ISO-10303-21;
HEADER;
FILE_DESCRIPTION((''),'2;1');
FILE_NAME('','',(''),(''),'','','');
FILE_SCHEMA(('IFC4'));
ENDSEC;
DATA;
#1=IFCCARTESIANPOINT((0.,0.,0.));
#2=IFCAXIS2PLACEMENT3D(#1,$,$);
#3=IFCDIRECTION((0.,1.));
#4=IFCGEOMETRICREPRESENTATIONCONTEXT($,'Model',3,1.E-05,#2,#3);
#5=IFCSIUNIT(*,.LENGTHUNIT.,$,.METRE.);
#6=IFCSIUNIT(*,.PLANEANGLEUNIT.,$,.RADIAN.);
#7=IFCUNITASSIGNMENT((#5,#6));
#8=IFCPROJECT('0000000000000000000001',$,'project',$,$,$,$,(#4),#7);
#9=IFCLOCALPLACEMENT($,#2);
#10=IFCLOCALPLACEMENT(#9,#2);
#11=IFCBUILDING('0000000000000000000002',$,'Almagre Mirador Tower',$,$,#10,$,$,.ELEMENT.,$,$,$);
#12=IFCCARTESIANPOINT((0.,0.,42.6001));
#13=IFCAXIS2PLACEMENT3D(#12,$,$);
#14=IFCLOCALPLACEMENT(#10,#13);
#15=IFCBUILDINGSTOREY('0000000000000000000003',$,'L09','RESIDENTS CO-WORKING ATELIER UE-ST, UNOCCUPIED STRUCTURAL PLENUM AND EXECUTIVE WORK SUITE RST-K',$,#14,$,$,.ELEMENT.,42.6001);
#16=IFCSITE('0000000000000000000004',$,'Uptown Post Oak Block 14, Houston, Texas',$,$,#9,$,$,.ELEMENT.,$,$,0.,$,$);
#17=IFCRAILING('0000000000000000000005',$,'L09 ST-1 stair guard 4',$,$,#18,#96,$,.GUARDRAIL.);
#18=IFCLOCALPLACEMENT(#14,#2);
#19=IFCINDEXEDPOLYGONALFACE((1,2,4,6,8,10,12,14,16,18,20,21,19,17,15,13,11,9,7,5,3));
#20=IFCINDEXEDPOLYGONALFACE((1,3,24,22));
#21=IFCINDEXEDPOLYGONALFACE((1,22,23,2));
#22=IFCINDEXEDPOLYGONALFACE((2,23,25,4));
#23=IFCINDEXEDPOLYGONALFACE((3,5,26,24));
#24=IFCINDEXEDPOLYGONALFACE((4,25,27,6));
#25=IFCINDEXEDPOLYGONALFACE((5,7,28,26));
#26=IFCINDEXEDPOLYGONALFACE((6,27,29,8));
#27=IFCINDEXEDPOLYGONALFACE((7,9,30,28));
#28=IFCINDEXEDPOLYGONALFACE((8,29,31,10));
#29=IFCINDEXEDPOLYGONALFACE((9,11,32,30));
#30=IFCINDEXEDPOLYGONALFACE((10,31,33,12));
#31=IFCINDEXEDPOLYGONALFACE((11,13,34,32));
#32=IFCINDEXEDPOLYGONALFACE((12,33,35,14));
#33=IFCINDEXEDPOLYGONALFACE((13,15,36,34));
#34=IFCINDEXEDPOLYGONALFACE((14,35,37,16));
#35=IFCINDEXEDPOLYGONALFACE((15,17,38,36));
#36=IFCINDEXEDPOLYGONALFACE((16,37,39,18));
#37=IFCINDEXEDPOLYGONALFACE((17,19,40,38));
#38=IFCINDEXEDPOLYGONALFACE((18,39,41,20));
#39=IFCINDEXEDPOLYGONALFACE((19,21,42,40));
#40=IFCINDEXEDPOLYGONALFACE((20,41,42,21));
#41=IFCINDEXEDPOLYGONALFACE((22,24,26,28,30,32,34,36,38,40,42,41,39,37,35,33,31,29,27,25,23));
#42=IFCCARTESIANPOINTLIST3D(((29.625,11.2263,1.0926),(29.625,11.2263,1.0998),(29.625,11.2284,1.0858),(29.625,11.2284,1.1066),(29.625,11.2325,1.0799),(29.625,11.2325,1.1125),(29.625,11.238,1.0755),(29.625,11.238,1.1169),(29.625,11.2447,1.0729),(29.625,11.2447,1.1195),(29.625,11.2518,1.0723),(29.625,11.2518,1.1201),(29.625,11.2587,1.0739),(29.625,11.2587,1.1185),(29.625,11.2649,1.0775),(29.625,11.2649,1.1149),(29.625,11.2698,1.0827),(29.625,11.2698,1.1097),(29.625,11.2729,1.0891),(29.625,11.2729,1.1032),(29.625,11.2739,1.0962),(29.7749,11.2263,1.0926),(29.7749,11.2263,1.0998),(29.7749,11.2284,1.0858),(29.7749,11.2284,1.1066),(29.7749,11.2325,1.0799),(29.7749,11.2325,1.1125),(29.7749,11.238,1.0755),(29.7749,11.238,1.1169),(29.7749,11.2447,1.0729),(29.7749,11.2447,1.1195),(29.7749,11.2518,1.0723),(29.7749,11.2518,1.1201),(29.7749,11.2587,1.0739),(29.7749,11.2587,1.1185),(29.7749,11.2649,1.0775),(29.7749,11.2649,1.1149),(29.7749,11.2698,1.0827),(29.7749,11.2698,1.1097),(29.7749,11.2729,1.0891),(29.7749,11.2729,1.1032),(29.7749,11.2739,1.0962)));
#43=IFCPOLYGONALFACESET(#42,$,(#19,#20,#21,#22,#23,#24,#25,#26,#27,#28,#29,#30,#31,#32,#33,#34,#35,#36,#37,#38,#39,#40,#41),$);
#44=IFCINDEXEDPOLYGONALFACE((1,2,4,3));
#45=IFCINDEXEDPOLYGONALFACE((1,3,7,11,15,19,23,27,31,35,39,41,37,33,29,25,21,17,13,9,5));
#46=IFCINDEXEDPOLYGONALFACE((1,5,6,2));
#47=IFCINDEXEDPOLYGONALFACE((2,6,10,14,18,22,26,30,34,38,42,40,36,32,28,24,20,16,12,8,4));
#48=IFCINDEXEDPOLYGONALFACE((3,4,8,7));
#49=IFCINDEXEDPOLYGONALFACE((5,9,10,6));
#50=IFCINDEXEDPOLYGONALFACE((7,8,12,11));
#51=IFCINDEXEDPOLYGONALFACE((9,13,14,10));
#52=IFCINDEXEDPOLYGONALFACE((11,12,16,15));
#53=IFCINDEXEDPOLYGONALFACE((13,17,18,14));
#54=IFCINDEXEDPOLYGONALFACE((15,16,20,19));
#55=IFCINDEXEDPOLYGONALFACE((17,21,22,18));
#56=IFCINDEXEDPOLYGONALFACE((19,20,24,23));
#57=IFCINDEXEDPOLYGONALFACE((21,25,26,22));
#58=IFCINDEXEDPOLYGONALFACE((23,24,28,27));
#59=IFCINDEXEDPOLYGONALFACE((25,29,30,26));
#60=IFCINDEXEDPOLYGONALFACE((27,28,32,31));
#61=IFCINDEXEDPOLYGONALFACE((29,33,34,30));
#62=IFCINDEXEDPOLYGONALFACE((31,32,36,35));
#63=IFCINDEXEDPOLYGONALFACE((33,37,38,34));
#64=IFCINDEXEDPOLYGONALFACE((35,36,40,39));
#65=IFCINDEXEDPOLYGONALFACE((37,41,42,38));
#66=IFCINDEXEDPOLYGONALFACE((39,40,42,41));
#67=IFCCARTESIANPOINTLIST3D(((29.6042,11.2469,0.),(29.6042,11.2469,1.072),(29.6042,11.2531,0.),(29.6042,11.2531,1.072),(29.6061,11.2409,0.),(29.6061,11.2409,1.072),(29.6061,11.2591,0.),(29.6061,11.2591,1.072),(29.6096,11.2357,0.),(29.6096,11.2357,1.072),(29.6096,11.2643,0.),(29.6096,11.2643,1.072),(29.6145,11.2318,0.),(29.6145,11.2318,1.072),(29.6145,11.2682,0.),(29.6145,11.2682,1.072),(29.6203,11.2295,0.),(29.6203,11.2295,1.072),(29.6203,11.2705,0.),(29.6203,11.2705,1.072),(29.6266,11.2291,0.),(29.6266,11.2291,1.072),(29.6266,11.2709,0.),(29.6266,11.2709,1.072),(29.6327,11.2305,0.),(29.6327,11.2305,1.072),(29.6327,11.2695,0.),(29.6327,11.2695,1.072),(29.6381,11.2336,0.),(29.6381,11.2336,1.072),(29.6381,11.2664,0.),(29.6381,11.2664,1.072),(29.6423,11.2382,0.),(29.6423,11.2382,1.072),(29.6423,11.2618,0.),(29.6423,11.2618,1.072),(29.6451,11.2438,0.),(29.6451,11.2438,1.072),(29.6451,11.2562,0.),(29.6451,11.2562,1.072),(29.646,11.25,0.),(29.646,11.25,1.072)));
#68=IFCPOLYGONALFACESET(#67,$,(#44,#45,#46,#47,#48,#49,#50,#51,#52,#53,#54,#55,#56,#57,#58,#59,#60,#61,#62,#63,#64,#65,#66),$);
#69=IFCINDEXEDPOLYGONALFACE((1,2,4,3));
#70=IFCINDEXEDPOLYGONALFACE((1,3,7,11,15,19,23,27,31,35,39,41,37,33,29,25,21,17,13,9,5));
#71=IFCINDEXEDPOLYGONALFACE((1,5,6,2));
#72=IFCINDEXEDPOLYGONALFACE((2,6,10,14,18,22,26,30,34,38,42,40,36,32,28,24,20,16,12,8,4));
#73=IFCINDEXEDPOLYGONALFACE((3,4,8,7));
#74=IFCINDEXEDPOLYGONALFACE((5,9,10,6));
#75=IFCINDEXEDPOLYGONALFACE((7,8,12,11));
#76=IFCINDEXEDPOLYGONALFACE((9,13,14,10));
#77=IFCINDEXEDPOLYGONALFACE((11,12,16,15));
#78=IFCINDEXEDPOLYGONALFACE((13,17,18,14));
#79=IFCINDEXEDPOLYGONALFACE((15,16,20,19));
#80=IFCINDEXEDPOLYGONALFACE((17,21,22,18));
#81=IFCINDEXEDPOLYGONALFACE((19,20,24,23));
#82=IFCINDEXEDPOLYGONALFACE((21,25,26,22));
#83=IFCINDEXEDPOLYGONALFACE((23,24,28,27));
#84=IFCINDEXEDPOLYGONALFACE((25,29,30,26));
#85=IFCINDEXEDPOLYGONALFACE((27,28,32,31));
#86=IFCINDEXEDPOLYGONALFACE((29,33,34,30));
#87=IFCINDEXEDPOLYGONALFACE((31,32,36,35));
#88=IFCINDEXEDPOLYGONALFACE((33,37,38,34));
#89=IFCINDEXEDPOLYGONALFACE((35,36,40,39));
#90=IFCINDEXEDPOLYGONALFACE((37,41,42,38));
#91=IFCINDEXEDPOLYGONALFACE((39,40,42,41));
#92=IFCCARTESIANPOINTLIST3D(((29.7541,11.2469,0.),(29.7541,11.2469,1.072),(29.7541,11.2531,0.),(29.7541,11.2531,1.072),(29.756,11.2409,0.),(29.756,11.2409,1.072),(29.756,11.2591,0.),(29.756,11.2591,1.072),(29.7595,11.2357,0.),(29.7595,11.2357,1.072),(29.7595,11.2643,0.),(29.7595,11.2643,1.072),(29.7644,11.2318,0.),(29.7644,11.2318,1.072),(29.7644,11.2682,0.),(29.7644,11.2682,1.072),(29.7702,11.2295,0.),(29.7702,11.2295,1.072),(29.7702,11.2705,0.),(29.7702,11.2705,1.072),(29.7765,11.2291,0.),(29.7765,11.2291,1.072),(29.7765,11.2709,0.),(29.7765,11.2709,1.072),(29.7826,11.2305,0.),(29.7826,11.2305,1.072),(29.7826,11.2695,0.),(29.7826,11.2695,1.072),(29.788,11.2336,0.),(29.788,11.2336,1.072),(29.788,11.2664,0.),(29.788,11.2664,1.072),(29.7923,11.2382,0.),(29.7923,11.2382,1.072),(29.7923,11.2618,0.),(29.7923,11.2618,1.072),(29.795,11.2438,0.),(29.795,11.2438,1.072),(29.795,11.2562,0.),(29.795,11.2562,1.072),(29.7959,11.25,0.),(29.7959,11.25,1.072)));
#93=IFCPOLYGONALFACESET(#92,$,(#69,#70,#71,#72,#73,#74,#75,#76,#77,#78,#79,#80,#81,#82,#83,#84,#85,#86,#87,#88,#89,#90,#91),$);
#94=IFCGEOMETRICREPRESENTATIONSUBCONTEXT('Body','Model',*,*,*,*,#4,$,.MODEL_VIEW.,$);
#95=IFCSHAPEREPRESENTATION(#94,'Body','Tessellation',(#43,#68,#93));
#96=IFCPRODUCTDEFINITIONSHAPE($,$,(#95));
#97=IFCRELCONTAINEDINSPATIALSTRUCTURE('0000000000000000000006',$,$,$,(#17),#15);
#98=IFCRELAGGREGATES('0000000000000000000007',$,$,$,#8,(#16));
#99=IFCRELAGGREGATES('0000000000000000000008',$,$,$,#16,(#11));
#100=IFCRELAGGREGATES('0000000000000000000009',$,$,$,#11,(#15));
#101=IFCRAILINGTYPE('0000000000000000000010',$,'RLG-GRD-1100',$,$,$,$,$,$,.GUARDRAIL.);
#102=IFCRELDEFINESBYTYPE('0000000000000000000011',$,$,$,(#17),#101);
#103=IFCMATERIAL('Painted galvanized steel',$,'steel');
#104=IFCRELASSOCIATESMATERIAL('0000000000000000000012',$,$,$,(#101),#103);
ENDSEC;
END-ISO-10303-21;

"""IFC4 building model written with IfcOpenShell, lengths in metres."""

from ifc_helpers import new_model, si_unit, direction, frame, origin, origin_2d, place, context, subcontext, project, spatial, circle, extrude, material, type_object, element, save


model = new_model("IFC4")

# Units and contexts
model_context = context("Model", 3, precision=1e-05, world=origin(), true_north=direction((0.0, 1.0)))
body_context = subcontext(model_context, "Body", "Model", "MODEL_VIEW")
ifc_project = project(units=[si_unit("LENGTHUNIT", "METRE"), si_unit("PLANEANGLEUNIT", "RADIAN")], contexts=[model_context])

# Site, building, storey
site_placement = place(None, origin())
site = spatial("IfcSite", under=ifc_project, at=site_placement, Name="Uptown Post Oak Block 14, Houston, Texas", CompositionType="ELEMENT", RefElevation=0.0)
building_placement = place(site_placement, origin())
building = spatial("IfcBuilding", under=site, at=building_placement, Name="Almagre Mirador Tower", CompositionType="ELEMENT")
storey_placement = place(building_placement, frame((0.0, 0.0, 42.6001)))
storey = spatial("IfcBuildingStorey", under=building, at=storey_placement, Name="L09", Description="RESIDENTS CO-WORKING ATELIER UE-ST, UNOCCUPIED STRUCTURAL PLENUM AND EXECUTIVE WORK SUITE RST-K", CompositionType="ELEMENT", Elevation=42.6001)

# Railing
ifc_material_1 = material(Name="Painted galvanized steel", Category="steel")
railing_type_1 = type_object("IfcRailingType", Name="RLG-GRD-1100", PredefinedType="GUARDRAIL", material=ifc_material_1)
railing_1_placement = place(storey_placement, frame((29.625, 11.25, 0.0)))
element("IfcRailing", 1, at=railing_1_placement, inside=storey, type_object=railing_type_1, Name="L09 ST-1 stair guard 4", PredefinedType="GUARDRAIL", context=body_context, shape_type="SweptSolid", body=[
    extrude(circle(Radius=0.0239, at=origin_2d()), frame((0.0, 0.0, 1.0962), z_axis=(1.0, 0.0, 0.0), x_axis=(0.0, 1.0, 0.0)), (0.0, 0.0, 1.0), 0.1499),
    extrude(circle(Radius=0.021, at=origin_2d()), origin(), (0.0, 0.0, 1.0), 1.072),
    extrude(circle(Radius=0.021, at=origin_2d()), frame((0.1499, 0.0, 0.0)), (0.0, 0.0, 1.0), 1.072),
])

save(model, "model.ifc")
